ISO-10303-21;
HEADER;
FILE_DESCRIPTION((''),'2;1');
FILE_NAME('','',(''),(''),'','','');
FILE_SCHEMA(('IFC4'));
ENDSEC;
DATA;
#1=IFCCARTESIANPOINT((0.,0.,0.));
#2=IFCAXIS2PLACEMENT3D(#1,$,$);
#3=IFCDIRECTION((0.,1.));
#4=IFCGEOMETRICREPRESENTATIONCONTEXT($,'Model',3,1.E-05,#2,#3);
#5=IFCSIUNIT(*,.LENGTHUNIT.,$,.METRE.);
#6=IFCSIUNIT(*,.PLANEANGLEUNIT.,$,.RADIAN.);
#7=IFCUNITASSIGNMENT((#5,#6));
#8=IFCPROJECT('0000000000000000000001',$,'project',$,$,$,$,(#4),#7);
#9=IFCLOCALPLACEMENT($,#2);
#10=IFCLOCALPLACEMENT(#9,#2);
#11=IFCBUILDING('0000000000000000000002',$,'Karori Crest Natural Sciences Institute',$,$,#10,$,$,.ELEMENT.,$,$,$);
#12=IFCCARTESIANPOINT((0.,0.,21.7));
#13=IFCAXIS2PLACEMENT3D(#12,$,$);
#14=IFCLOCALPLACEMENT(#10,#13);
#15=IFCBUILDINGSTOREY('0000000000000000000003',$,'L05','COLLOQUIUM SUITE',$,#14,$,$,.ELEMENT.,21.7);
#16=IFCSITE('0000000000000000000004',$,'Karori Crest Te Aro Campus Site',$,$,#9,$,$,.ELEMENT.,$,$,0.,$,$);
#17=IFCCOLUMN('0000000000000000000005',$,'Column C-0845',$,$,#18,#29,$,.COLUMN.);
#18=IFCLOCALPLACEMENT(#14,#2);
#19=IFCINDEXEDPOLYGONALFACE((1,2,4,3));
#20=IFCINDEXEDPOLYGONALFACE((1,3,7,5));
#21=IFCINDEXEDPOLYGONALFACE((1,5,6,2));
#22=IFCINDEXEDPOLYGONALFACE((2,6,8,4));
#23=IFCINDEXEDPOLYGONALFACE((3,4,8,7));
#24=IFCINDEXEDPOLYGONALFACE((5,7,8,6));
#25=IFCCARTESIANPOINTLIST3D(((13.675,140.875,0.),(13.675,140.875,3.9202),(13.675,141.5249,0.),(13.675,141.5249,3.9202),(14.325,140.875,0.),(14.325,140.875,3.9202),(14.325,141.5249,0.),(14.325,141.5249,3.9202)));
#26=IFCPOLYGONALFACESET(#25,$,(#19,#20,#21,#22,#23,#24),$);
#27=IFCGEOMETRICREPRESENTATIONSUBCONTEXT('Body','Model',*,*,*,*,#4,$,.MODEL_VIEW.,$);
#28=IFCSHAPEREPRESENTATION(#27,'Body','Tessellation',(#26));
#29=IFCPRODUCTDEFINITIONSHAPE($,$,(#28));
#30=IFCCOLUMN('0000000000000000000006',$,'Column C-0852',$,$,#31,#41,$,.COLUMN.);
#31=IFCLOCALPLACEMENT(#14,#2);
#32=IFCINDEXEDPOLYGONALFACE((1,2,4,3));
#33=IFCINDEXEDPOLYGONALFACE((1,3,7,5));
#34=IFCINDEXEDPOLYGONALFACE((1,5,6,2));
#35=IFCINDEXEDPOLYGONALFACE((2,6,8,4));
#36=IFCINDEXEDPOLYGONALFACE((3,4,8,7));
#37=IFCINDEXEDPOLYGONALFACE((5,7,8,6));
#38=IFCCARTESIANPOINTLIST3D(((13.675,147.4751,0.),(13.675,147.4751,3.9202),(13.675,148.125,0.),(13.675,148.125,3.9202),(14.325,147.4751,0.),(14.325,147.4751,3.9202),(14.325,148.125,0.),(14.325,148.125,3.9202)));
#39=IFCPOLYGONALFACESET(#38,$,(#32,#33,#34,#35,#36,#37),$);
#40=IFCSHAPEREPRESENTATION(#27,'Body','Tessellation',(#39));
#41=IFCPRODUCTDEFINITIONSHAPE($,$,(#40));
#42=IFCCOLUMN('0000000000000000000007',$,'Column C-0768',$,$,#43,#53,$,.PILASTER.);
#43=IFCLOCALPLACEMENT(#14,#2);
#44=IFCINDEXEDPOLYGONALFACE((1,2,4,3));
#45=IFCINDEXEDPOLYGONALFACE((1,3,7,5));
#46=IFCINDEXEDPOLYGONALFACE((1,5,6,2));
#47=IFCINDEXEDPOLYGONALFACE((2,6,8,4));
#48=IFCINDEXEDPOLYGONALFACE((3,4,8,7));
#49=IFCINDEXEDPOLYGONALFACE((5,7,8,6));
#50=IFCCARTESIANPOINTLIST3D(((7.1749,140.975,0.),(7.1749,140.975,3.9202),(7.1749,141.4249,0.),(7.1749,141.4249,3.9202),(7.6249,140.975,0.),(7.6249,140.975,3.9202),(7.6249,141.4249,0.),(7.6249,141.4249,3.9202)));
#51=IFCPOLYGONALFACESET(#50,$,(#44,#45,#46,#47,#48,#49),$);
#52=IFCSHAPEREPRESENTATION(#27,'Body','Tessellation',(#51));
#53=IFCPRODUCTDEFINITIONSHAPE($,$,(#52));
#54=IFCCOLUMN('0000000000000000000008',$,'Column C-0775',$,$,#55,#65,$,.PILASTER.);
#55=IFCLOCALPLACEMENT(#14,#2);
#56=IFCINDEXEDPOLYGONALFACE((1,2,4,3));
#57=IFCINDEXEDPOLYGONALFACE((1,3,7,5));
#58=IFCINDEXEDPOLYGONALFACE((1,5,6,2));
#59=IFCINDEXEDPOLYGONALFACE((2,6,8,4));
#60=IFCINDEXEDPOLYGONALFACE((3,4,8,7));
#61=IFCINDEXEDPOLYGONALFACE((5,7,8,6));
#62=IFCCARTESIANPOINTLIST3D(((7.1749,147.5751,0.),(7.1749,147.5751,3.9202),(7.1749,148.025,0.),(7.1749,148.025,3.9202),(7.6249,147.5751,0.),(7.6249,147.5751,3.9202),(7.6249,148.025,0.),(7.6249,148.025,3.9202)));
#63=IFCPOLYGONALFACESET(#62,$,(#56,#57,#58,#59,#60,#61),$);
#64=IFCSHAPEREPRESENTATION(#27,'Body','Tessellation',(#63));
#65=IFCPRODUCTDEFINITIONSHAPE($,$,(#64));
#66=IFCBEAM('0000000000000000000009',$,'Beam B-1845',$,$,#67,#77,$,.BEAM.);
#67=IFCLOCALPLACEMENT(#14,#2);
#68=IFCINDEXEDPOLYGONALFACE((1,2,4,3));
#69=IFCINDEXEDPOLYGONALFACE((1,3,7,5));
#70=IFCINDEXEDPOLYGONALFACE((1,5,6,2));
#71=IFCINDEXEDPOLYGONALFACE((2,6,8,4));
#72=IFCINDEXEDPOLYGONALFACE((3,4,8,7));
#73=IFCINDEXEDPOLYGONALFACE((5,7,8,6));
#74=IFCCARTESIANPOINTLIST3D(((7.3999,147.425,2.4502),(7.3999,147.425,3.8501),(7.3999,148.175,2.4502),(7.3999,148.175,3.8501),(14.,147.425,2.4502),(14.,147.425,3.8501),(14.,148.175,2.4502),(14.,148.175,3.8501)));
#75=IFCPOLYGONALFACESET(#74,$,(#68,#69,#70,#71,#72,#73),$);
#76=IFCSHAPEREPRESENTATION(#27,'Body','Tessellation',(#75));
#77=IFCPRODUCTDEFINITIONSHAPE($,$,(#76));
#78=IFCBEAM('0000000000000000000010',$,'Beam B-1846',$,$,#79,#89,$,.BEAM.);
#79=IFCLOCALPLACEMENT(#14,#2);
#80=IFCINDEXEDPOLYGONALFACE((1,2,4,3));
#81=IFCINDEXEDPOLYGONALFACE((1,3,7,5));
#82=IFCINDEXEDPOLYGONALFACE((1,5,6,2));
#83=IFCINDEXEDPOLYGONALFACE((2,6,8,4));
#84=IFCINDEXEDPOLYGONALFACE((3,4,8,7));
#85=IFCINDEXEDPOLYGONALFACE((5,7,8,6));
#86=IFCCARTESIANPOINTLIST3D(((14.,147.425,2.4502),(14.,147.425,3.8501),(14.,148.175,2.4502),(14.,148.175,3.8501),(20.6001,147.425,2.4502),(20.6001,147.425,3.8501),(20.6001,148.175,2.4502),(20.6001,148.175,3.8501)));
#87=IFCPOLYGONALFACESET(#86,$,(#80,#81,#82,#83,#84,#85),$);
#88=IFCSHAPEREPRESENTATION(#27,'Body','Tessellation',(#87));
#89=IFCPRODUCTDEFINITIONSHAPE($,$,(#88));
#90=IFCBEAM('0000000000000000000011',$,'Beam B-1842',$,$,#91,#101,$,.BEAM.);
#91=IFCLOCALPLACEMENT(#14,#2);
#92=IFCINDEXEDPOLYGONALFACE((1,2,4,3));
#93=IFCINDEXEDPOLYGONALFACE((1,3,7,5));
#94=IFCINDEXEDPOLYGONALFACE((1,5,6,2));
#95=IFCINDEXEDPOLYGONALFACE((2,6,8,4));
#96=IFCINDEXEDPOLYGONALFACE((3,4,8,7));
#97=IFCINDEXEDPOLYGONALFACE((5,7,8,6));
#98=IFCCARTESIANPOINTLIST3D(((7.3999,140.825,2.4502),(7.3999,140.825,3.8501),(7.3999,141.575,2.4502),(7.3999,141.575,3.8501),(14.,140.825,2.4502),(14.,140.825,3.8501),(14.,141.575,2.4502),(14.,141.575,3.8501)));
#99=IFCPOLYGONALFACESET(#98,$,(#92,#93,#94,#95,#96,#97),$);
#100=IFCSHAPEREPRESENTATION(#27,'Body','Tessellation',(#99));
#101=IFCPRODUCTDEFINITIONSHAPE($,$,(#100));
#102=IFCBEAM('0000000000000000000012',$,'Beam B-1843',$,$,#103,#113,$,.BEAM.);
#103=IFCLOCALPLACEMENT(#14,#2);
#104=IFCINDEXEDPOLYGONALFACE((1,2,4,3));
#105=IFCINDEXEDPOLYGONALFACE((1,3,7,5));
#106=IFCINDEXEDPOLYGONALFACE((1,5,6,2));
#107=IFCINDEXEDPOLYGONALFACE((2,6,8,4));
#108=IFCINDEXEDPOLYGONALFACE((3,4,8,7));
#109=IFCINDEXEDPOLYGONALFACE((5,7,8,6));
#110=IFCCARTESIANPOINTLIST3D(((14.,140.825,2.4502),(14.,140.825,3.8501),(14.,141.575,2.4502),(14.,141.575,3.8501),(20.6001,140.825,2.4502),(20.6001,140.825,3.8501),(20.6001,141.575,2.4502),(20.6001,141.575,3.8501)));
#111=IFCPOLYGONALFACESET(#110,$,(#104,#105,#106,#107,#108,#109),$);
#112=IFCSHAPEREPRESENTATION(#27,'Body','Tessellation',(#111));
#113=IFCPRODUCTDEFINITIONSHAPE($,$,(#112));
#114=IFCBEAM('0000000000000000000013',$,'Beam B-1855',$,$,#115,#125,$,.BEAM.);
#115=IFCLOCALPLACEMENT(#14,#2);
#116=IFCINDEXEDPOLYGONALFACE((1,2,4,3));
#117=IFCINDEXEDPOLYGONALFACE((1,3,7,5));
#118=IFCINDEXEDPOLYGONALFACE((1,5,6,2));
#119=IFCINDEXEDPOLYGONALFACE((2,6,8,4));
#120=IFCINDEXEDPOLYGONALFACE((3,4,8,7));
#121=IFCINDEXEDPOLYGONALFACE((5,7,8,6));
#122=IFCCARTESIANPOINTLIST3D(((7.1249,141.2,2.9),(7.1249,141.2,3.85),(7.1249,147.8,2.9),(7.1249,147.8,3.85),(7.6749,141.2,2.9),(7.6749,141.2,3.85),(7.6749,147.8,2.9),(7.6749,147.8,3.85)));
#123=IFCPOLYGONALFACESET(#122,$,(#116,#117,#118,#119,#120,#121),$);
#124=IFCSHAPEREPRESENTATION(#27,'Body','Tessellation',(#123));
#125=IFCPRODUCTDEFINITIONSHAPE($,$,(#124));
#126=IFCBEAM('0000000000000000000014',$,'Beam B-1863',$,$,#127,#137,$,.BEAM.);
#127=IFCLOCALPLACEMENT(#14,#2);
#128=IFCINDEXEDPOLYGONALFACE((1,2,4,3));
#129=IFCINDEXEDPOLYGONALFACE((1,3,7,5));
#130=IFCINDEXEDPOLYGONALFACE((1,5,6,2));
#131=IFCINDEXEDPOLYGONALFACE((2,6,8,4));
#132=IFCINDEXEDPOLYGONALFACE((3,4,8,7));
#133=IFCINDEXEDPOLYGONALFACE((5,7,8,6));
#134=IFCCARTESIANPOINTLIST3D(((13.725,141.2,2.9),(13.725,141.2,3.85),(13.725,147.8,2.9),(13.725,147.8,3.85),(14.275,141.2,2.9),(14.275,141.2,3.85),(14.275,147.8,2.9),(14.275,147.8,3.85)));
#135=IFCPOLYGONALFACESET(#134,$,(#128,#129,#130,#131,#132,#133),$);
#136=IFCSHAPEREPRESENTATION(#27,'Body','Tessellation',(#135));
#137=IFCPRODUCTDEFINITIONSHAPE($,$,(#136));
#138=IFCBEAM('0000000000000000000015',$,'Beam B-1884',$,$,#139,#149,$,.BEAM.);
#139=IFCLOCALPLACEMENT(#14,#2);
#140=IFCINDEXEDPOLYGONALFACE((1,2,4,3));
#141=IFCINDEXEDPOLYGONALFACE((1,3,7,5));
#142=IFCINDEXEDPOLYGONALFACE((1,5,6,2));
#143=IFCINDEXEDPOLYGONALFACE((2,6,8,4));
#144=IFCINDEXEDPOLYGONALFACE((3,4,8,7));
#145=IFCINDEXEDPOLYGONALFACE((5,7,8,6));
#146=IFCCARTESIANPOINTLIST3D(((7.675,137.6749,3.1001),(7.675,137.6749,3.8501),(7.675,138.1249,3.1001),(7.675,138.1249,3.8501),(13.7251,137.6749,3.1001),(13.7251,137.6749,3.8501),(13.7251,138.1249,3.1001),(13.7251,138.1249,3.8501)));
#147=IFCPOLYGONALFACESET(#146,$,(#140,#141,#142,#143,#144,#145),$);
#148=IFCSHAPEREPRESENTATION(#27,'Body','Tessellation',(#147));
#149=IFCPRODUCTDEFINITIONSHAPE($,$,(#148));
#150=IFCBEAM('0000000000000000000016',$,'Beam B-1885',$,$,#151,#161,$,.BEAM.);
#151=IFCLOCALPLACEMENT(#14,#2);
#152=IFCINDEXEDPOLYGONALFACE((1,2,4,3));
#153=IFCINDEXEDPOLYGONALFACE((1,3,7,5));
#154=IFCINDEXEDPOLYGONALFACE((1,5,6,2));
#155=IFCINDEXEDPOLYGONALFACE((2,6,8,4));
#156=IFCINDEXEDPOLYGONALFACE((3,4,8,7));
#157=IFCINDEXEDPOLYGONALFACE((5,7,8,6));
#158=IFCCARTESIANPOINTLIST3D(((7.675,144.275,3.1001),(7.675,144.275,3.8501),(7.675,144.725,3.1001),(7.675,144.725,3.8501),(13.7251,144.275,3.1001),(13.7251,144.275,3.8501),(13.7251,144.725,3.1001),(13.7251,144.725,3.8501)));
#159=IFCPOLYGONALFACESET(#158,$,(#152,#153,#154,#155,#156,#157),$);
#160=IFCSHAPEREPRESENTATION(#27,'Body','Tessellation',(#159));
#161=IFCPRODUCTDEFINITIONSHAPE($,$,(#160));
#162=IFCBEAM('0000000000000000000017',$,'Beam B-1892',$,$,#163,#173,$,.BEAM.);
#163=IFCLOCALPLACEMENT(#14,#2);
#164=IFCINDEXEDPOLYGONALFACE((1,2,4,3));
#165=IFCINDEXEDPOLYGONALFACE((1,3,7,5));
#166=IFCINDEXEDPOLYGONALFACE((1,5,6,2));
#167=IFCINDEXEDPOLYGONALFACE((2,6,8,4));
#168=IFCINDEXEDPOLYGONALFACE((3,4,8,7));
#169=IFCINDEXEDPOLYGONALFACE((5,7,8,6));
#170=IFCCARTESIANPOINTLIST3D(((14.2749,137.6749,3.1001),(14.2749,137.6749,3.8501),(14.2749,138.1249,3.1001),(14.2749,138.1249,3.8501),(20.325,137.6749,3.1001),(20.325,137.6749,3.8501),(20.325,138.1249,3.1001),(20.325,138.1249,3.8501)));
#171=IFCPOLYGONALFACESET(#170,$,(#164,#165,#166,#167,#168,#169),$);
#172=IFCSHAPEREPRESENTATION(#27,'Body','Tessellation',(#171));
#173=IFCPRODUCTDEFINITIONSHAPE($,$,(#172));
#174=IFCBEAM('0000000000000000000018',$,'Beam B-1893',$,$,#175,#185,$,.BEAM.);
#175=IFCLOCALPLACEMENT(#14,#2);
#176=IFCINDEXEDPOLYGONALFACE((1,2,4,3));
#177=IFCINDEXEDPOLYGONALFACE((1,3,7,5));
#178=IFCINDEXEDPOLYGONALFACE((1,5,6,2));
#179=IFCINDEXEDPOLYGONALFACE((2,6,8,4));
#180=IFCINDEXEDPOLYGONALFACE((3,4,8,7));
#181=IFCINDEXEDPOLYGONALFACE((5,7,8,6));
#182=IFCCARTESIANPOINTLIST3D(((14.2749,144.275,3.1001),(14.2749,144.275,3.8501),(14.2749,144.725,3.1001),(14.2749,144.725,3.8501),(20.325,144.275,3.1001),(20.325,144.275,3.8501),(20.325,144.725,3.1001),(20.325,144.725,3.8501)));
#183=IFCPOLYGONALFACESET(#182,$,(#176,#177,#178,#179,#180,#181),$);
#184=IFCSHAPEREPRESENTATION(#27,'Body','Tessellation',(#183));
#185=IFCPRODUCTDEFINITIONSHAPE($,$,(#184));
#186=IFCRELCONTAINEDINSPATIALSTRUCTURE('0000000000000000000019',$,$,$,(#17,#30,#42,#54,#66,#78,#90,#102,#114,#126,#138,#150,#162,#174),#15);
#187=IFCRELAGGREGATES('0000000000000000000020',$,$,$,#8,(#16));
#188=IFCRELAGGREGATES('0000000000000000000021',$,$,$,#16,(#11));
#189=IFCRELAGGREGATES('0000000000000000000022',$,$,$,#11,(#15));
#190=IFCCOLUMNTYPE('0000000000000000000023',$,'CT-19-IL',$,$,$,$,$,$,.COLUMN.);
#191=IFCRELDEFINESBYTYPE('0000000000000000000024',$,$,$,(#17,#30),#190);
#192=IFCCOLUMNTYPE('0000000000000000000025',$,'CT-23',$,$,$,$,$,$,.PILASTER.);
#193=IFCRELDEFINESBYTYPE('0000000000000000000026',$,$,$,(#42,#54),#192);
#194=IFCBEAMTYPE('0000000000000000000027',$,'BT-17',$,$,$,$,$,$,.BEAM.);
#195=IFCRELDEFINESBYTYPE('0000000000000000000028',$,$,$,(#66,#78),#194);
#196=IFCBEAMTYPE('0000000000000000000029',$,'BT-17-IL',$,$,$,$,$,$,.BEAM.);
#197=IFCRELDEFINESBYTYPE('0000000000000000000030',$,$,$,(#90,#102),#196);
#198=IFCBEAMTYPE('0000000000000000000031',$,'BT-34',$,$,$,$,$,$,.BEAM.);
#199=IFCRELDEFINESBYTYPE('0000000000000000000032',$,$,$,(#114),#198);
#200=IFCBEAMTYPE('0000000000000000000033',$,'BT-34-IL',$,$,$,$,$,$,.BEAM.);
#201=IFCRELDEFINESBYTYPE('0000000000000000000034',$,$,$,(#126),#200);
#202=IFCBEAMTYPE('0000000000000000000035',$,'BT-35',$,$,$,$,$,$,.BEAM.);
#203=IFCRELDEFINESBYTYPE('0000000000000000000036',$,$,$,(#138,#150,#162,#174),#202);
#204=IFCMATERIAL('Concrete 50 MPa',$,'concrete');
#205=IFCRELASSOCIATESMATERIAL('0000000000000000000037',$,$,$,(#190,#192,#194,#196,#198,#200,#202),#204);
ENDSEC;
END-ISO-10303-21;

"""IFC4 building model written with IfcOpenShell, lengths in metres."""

from ifc_helpers import new_model, si_unit, direction, frame, origin, origin_2d, place, context, subcontext, project, spatial, rectangle, extrude, material, material_profile, profile_set, type_object, element, save


model = new_model("IFC4")

# Units and contexts
model_context = context("Model", 3, precision=1e-05, world=origin(), true_north=direction((0.0, 1.0)))
body_context = subcontext(model_context, "Body", "Model", "MODEL_VIEW")
ifc_project = project(units=[si_unit("LENGTHUNIT", "METRE"), si_unit("PLANEANGLEUNIT", "RADIAN")], contexts=[model_context])

# Site, building, storey
site_placement = place(None, origin())
site = spatial("IfcSite", under=ifc_project, at=site_placement, Name="Karori Crest Te Aro Campus Site", CompositionType="ELEMENT", RefElevation=0.0)
building_placement = place(site_placement, origin())
building = spatial("IfcBuilding", under=site, at=building_placement, Name="Karori Crest Natural Sciences Institute", CompositionType="ELEMENT")
storey_placement = place(building_placement, frame((0.0, 0.0, 21.7)))
storey = spatial("IfcBuildingStorey", under=building, at=storey_placement, Name="L05", Description="COLLOQUIUM SUITE", CompositionType="ELEMENT", Elevation=21.7)

# Columns
ifc_material_1 = material(Name="Concrete 50 MPa", Category="concrete")
ifc_material_profile_1 = material_profile(ifc_material_1, rectangle(XDim=0.6499, YDim=0.6499, at=origin_2d()), Name="RC650x650")
ifc_profile_set_1 = profile_set([ifc_material_profile_1], Name="Concrete 50 MPa")
column_type_1 = type_object("IfcColumnType", Name="CT-19-IL", PredefinedType="COLUMN", material=ifc_profile_set_1)
for number, where, z_axis, x_axis, name in (
    (1, (14.0, 141.2, 0.0), (0.0, 0.0, 1.0), (1.0, 0.0, 0.0), "Column C-0845"),
    (2, (14.0, 147.8, 0.0), (0.0, 0.0, 1.0), (1.0, 0.0, 0.0), "Column C-0852"),
):
    element("IfcColumn", number, at=place(storey_placement, frame(where, z_axis=z_axis, x_axis=x_axis)), inside=storey, type_object=column_type_1, Name=name, PredefinedType="COLUMN", context=body_context, shape_type="SweptSolid", body=[
        extrude(rectangle(XDim=0.6499, YDim=0.6499, at=origin_2d()), origin(), (0.0, 0.0, 1.0), 3.9202),
    ])
ifc_material_profile_2 = material_profile(ifc_material_1, rectangle(XDim=0.45, YDim=0.45, at=origin_2d()), Name="RC450x450")
ifc_profile_set_2 = profile_set([ifc_material_profile_2], Name="Concrete 50 MPa")
column_type_2 = type_object("IfcColumnType", Name="CT-23", PredefinedType="PILASTER", material=ifc_profile_set_2)
for number, where, z_axis, x_axis, name in (
    (3, (7.3999, 141.2, 0.0), (0.0, 0.0, 1.0), (1.0, 0.0, 0.0), "Column C-0768"),
    (4, (7.3999, 147.8, 0.0), (0.0, 0.0, 1.0), (1.0, 0.0, 0.0), "Column C-0775"),
):
    element("IfcColumn", number, at=place(storey_placement, frame(where, z_axis=z_axis, x_axis=x_axis)), inside=storey, type_object=column_type_2, Name=name, PredefinedType="PILASTER", context=body_context, shape_type="SweptSolid", body=[
        extrude(rectangle(XDim=0.45, YDim=0.45, at=origin_2d()), origin(), (0.0, 0.0, 1.0), 3.9202),
    ])

# Beams
ifc_material_profile_3 = material_profile(ifc_material_1, rectangle(XDim=0.75, YDim=1.3999, at=origin_2d()), Name="RCB750x1400")
ifc_profile_set_3 = profile_set([ifc_material_profile_3], Name="Concrete 50 MPa")
beam_type_1 = type_object("IfcBeamType", Name="BT-17", PredefinedType="BEAM", material=ifc_profile_set_3)
for number, where, z_axis, x_axis, name in (
    (5, (7.3999, 147.8, 3.1501), (1.0, 0.0, 0.0), (0.0, 1.0, 0.0), "Beam B-1845"),
    (6, (14.0, 147.8, 3.1501), (1.0, 0.0, 0.0), (0.0, 1.0, 0.0), "Beam B-1846"),
):
    element("IfcBeam", number, at=place(storey_placement, frame(where, z_axis=z_axis, x_axis=x_axis)), inside=storey, type_object=beam_type_1, Name=name, PredefinedType="BEAM", context=body_context, shape_type="SweptSolid", body=[
        extrude(rectangle(XDim=0.75, YDim=1.3999, at=origin_2d()), origin(), (0.0, 0.0, 1.0), 6.6001),
    ])
ifc_material_profile_4 = material_profile(ifc_material_1, rectangle(XDim=0.75, YDim=1.3999, at=origin_2d()), Name="RCB750x1400")
ifc_profile_set_4 = profile_set([ifc_material_profile_4], Name="Concrete 50 MPa")
beam_type_2 = type_object("IfcBeamType", Name="BT-17-IL", PredefinedType="BEAM", material=ifc_profile_set_4)
for number, where, z_axis, x_axis, name in (
    (7, (7.3999, 141.2, 3.1501), (1.0, 0.0, 0.0), (0.0, 1.0, 0.0), "Beam B-1842"),
    (8, (14.0, 141.2, 3.1501), (1.0, 0.0, 0.0), (0.0, 1.0, 0.0), "Beam B-1843"),
):
    element("IfcBeam", number, at=place(storey_placement, frame(where, z_axis=z_axis, x_axis=x_axis)), inside=storey, type_object=beam_type_2, Name=name, PredefinedType="BEAM", context=body_context, shape_type="SweptSolid", body=[
        extrude(rectangle(XDim=0.75, YDim=1.3999, at=origin_2d()), origin(), (0.0, 0.0, 1.0), 6.6001),
    ])
ifc_material_profile_5 = material_profile(ifc_material_1, rectangle(XDim=0.55, YDim=0.95, at=origin_2d()), Name="RCB550x950")
ifc_profile_set_5 = profile_set([ifc_material_profile_5], Name="Concrete 50 MPa")
beam_type_3 = type_object("IfcBeamType", Name="BT-34", PredefinedType="BEAM", material=ifc_profile_set_5)
beam_1_placement = place(storey_placement, frame((7.3999, 141.2, 3.375), z_axis=(0.0, 1.0, 0.0), x_axis=(-1.0, 0.0, 0.0)))
element("IfcBeam", 9, at=beam_1_placement, inside=storey, type_object=beam_type_3, Name="Beam B-1855", PredefinedType="BEAM", context=body_context, shape_type="SweptSolid", body=[
    extrude(rectangle(XDim=0.55, YDim=0.95, at=origin_2d()), origin(), (0.0, 0.0, 1.0), 6.6001),
])
ifc_material_profile_6 = material_profile(ifc_material_1, rectangle(XDim=0.55, YDim=0.95, at=origin_2d()), Name="RCB550x950")
ifc_profile_set_6 = profile_set([ifc_material_profile_6], Name="Concrete 50 MPa")
beam_type_4 = type_object("IfcBeamType", Name="BT-34-IL", PredefinedType="BEAM", material=ifc_profile_set_6)
beam_2_placement = place(storey_placement, frame((14.0, 141.2, 3.375), z_axis=(0.0, 1.0, 0.0), x_axis=(-1.0, 0.0, 0.0)))
element("IfcBeam", 10, at=beam_2_placement, inside=storey, type_object=beam_type_4, Name="Beam B-1863", PredefinedType="BEAM", context=body_context, shape_type="SweptSolid", body=[
    extrude(rectangle(XDim=0.55, YDim=0.95, at=origin_2d()), origin(), (0.0, 0.0, 1.0), 6.6001),
])
ifc_material_profile_7 = material_profile(ifc_material_1, rectangle(XDim=0.45, YDim=0.75, at=origin_2d()), Name="RCB450x750")
ifc_profile_set_7 = profile_set([ifc_material_profile_7], Name="Concrete 50 MPa")
beam_type_5 = type_object("IfcBeamType", Name="BT-35", PredefinedType="BEAM", material=ifc_profile_set_7)
for number, where, z_axis, x_axis, name in (
    (11, (7.675, 137.8999, 3.4751), (1.0, 0.0, 0.0), (0.0, 1.0, 0.0), "Beam B-1884"),
    (12, (7.675, 144.5, 3.4751), (1.0, 0.0, 0.0), (0.0, 1.0, 0.0), "Beam B-1885"),
    (13, (14.2749, 137.8999, 3.4751), (1.0, 0.0, 0.0), (0.0, 1.0, 0.0), "Beam B-1892"),
    (14, (14.2749, 144.5, 3.4751), (1.0, 0.0, 0.0), (0.0, 1.0, 0.0), "Beam B-1893"),
):
    element("IfcBeam", number, at=place(storey_placement, frame(where, z_axis=z_axis, x_axis=x_axis)), inside=storey, type_object=beam_type_5, Name=name, PredefinedType="BEAM", context=body_context, shape_type="SweptSolid", body=[
        extrude(rectangle(XDim=0.45, YDim=0.75, at=origin_2d()), origin(), (0.0, 0.0, 1.0), 6.05),
    ])

save(model, "model.ifc")
